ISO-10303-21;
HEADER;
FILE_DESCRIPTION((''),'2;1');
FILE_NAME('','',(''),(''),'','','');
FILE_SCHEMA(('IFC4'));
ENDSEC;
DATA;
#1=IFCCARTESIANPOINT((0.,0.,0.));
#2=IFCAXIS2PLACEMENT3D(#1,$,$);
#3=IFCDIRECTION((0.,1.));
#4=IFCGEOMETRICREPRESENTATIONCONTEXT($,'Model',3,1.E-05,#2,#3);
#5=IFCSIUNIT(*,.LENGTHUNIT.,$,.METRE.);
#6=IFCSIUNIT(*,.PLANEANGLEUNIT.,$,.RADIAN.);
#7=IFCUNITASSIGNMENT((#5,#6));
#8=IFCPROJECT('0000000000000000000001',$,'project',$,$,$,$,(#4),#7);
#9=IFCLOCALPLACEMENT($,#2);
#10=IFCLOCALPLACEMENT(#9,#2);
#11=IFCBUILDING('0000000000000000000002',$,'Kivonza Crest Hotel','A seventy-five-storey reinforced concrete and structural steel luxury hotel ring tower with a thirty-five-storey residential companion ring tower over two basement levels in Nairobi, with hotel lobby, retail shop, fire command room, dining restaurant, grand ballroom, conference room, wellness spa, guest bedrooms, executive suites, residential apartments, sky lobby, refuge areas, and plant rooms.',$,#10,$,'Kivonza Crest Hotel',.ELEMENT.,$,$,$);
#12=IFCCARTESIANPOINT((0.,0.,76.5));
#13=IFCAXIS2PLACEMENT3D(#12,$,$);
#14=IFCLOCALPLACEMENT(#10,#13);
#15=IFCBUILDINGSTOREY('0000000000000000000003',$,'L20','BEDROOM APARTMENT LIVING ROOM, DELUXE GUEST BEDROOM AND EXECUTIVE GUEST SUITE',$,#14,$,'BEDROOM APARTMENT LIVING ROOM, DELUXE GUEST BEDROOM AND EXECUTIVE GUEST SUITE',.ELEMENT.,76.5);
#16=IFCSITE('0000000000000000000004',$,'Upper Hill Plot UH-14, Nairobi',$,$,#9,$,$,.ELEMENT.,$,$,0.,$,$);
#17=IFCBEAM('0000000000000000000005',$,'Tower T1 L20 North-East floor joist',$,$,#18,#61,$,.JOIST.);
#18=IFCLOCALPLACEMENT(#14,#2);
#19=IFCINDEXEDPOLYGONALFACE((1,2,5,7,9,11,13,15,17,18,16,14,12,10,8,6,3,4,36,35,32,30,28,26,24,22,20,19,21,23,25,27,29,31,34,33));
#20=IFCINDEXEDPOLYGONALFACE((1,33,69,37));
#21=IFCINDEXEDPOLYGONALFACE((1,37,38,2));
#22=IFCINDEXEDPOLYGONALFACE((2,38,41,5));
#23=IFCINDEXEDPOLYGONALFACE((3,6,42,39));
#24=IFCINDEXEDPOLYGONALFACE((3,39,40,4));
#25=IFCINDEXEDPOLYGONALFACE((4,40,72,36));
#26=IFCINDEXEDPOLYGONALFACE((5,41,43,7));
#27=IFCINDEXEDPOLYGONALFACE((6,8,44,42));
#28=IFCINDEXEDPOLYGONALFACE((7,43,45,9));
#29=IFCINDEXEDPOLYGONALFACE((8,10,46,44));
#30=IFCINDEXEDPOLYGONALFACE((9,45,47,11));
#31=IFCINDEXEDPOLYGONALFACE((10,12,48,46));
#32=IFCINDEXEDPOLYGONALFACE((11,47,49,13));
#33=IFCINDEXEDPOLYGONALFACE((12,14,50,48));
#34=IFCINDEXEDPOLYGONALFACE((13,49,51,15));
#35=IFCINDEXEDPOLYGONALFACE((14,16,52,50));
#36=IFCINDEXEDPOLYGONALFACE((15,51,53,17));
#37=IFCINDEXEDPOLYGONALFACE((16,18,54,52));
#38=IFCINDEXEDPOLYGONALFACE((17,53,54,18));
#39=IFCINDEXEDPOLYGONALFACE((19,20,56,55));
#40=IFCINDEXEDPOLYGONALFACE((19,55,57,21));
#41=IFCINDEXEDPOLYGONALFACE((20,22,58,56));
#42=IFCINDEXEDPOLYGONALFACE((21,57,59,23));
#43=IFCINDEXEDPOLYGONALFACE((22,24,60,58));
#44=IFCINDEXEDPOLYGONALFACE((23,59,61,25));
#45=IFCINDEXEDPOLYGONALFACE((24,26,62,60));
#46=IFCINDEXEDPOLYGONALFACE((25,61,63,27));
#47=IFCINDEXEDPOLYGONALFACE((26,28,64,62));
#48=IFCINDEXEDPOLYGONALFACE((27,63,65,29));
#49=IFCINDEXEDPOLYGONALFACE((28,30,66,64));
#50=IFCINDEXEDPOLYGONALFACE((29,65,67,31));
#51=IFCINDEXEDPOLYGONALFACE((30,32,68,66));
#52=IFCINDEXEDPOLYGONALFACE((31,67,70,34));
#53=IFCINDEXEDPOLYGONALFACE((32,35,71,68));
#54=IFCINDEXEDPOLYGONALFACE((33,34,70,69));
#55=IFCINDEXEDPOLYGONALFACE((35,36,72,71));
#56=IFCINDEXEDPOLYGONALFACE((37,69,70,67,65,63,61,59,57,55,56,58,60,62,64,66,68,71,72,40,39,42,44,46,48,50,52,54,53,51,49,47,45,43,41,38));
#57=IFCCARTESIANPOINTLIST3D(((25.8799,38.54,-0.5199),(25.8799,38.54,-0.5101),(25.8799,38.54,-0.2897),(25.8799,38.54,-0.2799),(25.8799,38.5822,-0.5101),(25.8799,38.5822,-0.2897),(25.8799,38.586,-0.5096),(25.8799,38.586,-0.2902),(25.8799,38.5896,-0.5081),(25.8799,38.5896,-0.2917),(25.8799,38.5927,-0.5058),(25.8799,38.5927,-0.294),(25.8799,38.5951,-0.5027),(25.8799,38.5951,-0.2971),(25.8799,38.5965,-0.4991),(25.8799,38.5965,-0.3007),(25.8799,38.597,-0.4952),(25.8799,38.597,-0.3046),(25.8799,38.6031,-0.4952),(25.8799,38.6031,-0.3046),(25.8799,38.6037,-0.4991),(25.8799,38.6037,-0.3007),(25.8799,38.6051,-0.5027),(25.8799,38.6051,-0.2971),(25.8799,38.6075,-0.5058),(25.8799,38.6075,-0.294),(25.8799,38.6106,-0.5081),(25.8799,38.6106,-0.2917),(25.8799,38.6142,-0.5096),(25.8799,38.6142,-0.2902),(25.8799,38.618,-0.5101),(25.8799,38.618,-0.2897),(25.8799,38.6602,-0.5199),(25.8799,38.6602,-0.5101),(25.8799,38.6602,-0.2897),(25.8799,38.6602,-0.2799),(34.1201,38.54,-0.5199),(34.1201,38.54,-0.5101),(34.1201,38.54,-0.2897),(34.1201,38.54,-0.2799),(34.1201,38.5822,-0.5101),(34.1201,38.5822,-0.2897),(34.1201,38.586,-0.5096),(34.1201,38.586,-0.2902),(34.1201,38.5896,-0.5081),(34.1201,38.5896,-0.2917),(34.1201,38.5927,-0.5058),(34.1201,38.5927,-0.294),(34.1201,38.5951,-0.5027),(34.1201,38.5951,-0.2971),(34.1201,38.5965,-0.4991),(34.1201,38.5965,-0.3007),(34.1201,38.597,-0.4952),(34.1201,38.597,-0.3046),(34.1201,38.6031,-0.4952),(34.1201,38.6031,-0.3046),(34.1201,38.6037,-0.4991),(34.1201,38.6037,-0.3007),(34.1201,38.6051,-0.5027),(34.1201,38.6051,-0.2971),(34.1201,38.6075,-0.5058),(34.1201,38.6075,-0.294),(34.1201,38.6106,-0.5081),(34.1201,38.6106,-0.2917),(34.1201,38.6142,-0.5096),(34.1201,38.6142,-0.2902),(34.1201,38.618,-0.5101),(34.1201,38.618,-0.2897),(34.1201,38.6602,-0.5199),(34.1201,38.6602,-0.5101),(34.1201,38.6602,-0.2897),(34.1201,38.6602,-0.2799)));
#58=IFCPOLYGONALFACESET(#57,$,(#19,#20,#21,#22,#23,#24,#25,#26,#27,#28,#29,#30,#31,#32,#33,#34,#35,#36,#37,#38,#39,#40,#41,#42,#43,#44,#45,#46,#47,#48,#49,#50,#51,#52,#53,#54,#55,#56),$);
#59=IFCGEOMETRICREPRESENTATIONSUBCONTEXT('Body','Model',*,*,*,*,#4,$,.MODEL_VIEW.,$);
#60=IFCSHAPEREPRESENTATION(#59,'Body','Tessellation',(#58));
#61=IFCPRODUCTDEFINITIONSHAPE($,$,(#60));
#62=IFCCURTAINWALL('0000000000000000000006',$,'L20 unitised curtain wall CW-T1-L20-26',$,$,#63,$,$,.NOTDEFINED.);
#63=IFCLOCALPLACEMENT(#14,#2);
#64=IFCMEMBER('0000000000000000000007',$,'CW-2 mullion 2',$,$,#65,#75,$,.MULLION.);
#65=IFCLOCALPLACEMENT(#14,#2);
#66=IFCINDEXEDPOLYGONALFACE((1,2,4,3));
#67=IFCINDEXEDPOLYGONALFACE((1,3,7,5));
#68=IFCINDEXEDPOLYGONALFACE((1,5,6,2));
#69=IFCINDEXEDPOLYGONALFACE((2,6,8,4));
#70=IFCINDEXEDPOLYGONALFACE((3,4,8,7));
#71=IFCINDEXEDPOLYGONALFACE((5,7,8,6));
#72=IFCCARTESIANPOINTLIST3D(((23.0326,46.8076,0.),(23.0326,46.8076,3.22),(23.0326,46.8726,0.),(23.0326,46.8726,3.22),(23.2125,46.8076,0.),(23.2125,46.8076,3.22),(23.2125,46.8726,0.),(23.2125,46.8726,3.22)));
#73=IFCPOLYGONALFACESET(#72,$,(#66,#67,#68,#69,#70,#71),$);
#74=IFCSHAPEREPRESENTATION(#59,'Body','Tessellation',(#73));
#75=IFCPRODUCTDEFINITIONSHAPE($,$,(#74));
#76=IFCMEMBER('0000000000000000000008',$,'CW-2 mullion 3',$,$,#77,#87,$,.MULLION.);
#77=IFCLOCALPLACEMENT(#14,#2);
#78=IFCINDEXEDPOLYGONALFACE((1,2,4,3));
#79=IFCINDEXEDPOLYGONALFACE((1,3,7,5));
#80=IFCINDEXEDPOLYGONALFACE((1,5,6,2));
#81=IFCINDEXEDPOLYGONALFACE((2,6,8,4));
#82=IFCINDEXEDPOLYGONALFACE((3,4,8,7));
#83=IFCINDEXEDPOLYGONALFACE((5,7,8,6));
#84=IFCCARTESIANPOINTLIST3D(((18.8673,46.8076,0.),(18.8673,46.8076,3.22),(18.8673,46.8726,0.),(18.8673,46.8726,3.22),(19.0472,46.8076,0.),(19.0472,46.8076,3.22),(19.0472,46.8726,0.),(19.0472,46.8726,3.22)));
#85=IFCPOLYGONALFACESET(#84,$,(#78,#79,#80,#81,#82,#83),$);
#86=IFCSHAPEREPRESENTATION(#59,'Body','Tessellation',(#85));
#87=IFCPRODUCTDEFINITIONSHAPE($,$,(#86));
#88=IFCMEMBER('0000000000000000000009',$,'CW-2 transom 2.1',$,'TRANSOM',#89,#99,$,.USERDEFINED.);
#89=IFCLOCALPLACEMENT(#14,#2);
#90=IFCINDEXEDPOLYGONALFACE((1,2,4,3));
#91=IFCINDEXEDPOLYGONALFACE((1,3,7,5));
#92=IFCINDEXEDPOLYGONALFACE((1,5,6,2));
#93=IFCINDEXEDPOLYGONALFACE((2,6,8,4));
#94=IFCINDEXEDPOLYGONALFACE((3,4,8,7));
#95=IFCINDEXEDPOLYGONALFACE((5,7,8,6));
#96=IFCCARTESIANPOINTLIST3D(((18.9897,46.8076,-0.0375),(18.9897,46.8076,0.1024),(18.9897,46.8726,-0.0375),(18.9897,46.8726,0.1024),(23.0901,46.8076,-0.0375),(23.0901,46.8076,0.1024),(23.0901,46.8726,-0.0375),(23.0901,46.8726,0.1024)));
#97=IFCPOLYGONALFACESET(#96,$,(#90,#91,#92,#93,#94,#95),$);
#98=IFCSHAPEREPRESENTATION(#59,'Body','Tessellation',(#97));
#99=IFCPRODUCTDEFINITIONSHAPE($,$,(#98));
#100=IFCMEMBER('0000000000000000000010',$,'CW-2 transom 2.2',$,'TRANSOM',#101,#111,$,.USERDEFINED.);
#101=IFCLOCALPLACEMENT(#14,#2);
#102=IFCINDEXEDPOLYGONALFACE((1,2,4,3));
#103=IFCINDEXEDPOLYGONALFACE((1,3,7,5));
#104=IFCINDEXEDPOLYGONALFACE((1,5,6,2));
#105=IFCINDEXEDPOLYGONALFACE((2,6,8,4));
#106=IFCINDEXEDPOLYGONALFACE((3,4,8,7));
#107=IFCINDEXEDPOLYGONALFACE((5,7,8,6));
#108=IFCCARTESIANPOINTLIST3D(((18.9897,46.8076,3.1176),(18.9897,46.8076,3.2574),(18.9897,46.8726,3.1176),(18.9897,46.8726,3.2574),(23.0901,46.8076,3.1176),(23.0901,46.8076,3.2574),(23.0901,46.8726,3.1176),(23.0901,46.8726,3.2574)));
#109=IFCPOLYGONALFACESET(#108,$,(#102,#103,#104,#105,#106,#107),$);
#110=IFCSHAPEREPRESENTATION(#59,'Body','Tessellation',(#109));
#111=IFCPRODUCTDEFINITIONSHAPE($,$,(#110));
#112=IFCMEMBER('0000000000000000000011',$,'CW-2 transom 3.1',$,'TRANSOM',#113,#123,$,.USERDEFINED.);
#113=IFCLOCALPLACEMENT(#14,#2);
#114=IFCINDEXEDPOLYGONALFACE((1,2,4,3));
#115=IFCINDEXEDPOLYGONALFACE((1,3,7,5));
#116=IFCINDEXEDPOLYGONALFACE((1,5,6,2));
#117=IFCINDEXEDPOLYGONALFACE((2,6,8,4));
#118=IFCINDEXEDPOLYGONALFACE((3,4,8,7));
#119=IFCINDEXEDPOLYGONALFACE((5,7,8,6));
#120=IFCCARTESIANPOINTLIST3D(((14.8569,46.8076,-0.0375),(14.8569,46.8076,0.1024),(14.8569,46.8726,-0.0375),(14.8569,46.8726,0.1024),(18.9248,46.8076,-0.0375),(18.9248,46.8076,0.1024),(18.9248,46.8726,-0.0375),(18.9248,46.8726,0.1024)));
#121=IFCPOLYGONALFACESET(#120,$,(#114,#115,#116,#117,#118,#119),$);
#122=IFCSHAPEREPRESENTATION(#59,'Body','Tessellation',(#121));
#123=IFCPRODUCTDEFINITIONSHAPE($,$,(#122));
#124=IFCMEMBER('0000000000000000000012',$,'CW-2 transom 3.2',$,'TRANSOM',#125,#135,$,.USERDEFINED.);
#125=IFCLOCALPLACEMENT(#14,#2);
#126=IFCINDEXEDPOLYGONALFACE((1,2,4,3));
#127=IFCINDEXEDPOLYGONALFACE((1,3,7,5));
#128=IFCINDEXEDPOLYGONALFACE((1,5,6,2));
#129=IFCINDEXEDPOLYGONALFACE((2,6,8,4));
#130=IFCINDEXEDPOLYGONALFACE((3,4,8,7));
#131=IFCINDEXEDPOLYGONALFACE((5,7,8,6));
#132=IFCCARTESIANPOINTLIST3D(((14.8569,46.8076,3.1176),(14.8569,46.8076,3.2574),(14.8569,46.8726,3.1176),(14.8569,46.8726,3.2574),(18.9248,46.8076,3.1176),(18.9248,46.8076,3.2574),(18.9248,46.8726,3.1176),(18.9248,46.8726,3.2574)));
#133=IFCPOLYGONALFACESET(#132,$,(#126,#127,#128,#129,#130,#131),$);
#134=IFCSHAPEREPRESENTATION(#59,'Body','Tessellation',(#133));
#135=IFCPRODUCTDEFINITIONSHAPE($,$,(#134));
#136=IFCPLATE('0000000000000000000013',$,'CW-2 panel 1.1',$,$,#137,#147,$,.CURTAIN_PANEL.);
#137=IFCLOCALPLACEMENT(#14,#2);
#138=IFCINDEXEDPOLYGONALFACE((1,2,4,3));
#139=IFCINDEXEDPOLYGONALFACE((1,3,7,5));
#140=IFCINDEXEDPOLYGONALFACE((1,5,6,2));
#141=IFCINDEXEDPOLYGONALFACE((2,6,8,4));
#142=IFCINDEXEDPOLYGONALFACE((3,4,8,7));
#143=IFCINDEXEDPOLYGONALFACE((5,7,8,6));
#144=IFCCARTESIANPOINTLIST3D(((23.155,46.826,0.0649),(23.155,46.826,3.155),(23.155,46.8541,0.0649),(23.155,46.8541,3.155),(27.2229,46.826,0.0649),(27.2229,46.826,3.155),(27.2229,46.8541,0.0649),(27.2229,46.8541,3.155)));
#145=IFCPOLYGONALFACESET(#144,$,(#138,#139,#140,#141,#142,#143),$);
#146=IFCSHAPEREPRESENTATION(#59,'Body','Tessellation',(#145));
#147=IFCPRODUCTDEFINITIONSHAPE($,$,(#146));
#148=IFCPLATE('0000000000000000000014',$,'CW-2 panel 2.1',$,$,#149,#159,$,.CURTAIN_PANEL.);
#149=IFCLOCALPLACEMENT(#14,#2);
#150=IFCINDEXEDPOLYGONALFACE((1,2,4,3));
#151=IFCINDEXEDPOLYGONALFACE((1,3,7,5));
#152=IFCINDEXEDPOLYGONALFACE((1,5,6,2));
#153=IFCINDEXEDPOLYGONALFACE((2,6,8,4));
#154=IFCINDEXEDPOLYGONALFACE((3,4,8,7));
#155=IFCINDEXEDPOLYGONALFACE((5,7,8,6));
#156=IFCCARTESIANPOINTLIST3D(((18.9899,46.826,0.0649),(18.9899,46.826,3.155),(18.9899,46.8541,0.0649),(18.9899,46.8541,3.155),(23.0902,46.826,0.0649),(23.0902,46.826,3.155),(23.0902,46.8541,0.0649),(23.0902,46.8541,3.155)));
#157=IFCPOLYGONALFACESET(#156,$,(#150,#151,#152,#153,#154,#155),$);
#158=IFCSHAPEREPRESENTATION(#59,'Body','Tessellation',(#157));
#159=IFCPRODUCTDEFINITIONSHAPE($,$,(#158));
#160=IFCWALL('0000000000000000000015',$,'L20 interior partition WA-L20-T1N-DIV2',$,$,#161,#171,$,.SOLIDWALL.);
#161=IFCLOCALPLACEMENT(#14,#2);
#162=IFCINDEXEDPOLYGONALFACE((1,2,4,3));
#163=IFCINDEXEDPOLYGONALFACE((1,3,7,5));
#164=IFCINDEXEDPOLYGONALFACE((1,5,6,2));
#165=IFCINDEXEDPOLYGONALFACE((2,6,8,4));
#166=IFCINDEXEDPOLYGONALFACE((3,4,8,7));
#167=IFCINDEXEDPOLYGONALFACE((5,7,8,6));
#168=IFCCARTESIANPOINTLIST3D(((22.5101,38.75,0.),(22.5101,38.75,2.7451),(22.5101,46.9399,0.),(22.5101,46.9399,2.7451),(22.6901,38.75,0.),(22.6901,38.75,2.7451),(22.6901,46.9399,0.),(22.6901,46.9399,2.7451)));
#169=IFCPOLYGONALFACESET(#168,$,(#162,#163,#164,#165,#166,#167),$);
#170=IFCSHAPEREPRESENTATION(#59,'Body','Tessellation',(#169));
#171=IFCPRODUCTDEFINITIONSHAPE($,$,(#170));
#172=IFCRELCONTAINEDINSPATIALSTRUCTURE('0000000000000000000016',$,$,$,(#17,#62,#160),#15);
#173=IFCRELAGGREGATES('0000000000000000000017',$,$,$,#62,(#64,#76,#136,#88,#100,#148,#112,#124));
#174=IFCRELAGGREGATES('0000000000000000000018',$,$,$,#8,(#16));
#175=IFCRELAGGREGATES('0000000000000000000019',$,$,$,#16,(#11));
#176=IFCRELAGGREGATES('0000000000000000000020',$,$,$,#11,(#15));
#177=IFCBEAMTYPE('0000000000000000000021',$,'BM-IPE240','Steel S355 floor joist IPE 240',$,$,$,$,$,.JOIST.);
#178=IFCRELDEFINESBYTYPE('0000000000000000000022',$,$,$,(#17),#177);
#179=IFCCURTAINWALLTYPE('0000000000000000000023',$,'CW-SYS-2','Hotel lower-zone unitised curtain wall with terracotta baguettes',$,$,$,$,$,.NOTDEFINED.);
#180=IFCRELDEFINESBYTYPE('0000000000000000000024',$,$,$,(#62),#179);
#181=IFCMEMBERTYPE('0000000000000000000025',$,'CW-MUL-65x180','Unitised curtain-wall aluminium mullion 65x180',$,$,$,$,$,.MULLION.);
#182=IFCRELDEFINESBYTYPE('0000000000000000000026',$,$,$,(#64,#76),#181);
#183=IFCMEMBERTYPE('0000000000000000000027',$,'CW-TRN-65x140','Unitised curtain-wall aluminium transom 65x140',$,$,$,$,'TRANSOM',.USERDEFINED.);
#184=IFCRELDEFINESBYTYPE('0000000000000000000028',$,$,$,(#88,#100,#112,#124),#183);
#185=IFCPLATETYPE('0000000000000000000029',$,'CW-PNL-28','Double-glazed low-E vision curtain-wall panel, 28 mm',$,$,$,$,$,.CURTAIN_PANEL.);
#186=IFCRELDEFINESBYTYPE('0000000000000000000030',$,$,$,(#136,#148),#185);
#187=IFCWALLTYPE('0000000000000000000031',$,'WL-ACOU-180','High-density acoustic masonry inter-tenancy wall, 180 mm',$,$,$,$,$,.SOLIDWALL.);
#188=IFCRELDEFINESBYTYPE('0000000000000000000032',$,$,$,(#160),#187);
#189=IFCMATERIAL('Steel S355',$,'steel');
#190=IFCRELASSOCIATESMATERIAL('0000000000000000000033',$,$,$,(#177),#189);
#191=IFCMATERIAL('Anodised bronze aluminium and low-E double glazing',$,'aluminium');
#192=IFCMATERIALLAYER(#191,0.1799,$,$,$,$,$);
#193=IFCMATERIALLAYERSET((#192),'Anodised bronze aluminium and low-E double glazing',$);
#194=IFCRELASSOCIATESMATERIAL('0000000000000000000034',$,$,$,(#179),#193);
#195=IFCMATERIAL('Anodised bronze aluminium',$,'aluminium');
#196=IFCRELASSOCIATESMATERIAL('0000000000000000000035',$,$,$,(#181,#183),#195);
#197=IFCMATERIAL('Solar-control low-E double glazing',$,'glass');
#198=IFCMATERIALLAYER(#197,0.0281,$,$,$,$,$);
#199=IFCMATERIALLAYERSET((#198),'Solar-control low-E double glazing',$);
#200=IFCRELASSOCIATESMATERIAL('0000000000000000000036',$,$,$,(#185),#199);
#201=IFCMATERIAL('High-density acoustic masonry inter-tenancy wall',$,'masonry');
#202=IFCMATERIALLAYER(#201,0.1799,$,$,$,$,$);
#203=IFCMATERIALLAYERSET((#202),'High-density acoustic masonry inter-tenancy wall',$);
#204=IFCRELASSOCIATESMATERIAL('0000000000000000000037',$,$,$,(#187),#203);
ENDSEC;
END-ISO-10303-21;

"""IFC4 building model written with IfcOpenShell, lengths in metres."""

from ifc_helpers import new_model, si_unit, direction, frame, frame_2d, origin, origin_2d, place, context, subcontext, project, spatial, rectangle, i_section, extrude, material, layer, layer_set, material_profile, profile_set, type_object, element, aggregate, save


model = new_model("IFC4")

# Units and contexts
model_context = context("Model", 3, precision=1e-05, world=origin(), true_north=direction((0.0, 1.0)))
body_context = subcontext(model_context, "Body", "Model", "MODEL_VIEW")
ifc_project = project(units=[si_unit("LENGTHUNIT", "METRE"), si_unit("PLANEANGLEUNIT", "RADIAN")], contexts=[model_context])

# Site, building, storey
site_placement = place(None, origin())
site = spatial("IfcSite", under=ifc_project, at=site_placement, Name="Upper Hill Plot UH-14, Nairobi", CompositionType="ELEMENT", RefElevation=0.0)
building_placement = place(site_placement, origin())
building = spatial("IfcBuilding", under=site, at=building_placement, Name="Kivonza Crest Hotel", Description="A seventy-five-storey reinforced concrete and structural steel luxury hotel ring tower with a thirty-five-storey residential companion ring tower over two basement levels in Nairobi, with hotel lobby, retail shop, fire command room, dining restaurant, grand ballroom, conference room, wellness spa, guest bedrooms, executive suites, residential apartments, sky lobby, refuge areas, and plant rooms.", LongName="Kivonza Crest Hotel", CompositionType="ELEMENT")
storey_placement = place(building_placement, frame((0.0, 0.0, 76.5)))
storey = spatial("IfcBuildingStorey", under=building, at=storey_placement, Name="L20", Description="BEDROOM APARTMENT LIVING ROOM, DELUXE GUEST BEDROOM AND EXECUTIVE GUEST SUITE", LongName="BEDROOM APARTMENT LIVING ROOM, DELUXE GUEST BEDROOM AND EXECUTIVE GUEST SUITE", CompositionType="ELEMENT", Elevation=76.5)

# Beam
ifc_material_1 = material(Name="Steel S355", Category="steel")
ifc_material_profile_1 = material_profile(ifc_material_1, i_section(OverallWidth=0.1201, OverallDepth=0.24, WebThickness=0.0061, FlangeThickness=0.0098, FilletRadius=0.0149, at=origin_2d()), Name="IPE 240")
ifc_profile_set_1 = profile_set([ifc_material_profile_1], Name="Steel S355")
beam_type_1 = type_object("IfcBeamType", Name="BM-IPE240", Description="Steel S355 floor joist IPE 240", PredefinedType="JOIST", material=ifc_profile_set_1)
beam_1_placement = place(storey_placement, frame((25.8799, 38.6001, -0.3999), z_axis=(1.0, 0.0, 0.0), x_axis=(0.0, 1.0, 0.0)))
element("IfcBeam", 1, at=beam_1_placement, inside=storey, type_object=beam_type_1, Name="Tower T1 L20 North-East floor joist", PredefinedType="JOIST", context=body_context, shape_type="SweptSolid", body=[
    extrude(i_section(OverallWidth=0.1201, OverallDepth=0.24, WebThickness=0.0061, FlangeThickness=0.0098, FilletRadius=0.0149, at=origin_2d()), origin(), (0.0, 0.0, 1.0), 8.2402),
])

# Curtain wall, members, plates
ifc_material_2 = material(Name="Anodised bronze aluminium and low-E double glazing", Category="aluminium")
ifc_layer_1 = layer(ifc_material_2, 0.1799)
ifc_layer_set_1 = layer_set([ifc_layer_1], Name="Anodised bronze aluminium and low-E double glazing")
curtain_wall_type = type_object("IfcCurtainWallType", Name="CW-SYS-2", Description="Hotel lower-zone unitised curtain wall with terracotta baguettes", PredefinedType="NOTDEFINED", material=ifc_layer_set_1)
curtain_wall_placement = place(storey_placement, origin())
curtain_wall = element("IfcCurtainWall", 2, at=curtain_wall_placement, inside=storey, type_object=curtain_wall_type, Name="L20 unitised curtain wall CW-T1-L20-26", PredefinedType="NOTDEFINED")
ifc_material_3 = material(Name="Anodised bronze aluminium", Category="aluminium")
ifc_material_profile_2 = material_profile(ifc_material_3, rectangle(XDim=0.0649, YDim=0.1799, at=origin_2d()), Name="CW-M 65x180")
ifc_profile_set_2 = profile_set([ifc_material_profile_2], Name="Anodised bronze aluminium")
member_type_1 = type_object("IfcMemberType", Name="CW-MUL-65x180", Description="Unitised curtain-wall aluminium mullion 65x180", PredefinedType="MULLION", material=ifc_profile_set_2)
member_1_placement = place(storey_placement, frame((23.1226, 46.8401, 0.0), z_axis=(0.0, 0.0, 1.0), x_axis=(0.0, -1.0, 0.0)))
member_1 = element("IfcMember", 3, at=member_1_placement, type_object=member_type_1, Name="CW-2 mullion 2", PredefinedType="MULLION", context=body_context, shape_type="SweptSolid", body=[
    extrude(rectangle(XDim=0.0649, YDim=0.1799, at=origin_2d()), origin(), (0.0, 0.0, 1.0), 3.22),
])
member_2_placement = place(storey_placement, frame((18.9573, 46.8401, 0.0), z_axis=(0.0, 0.0, 1.0), x_axis=(0.0, -1.0, 0.0)))
member_2 = element("IfcMember", 4, at=member_2_placement, type_object=member_type_1, Name="CW-2 mullion 3", PredefinedType="MULLION", context=body_context, shape_type="SweptSolid", body=[
    extrude(rectangle(XDim=0.0649, YDim=0.1799, at=origin_2d()), origin(), (0.0, 0.0, 1.0), 3.22),
])
ifc_material_profile_3 = material_profile(ifc_material_3, rectangle(XDim=0.0649, YDim=0.1399, at=origin_2d()), Name="CW-T 65x140")
ifc_profile_set_3 = profile_set([ifc_material_profile_3], Name="Anodised bronze aluminium")
member_type_2 = type_object("IfcMemberType", Name="CW-TRN-65x140", Description="Unitised curtain-wall aluminium transom 65x140", ElementType="TRANSOM", PredefinedType="USERDEFINED", material=ifc_profile_set_3)
member_3_placement = place(storey_placement, frame((23.0901, 46.8401, 0.0325), z_axis=(-1.0, 0.0, 0.0), x_axis=(0.0, -1.0, 0.0)))
member_3 = element("IfcMember", 5, at=member_3_placement, type_object=member_type_2, Name="CW-2 transom 2.1", ObjectType="TRANSOM", PredefinedType="USERDEFINED", context=body_context, shape_type="SweptSolid", body=[
    extrude(rectangle(XDim=0.0649, YDim=0.1399, at=origin_2d()), origin(), (0.0, 0.0, 1.0), 4.1003),
])
member_4_placement = place(storey_placement, frame((23.0901, 46.8401, 3.1875), z_axis=(-1.0, 0.0, 0.0), x_axis=(0.0, -1.0, 0.0)))
member_4 = element("IfcMember", 6, at=member_4_placement, type_object=member_type_2, Name="CW-2 transom 2.2", ObjectType="TRANSOM", PredefinedType="USERDEFINED", context=body_context, shape_type="SweptSolid", body=[
    extrude(rectangle(XDim=0.0649, YDim=0.1399, at=origin_2d()), origin(), (0.0, 0.0, 1.0), 4.1003),
])
member_5_placement = place(storey_placement, frame((18.9248, 46.8401, 0.0325), z_axis=(-1.0, 0.0, 0.0), x_axis=(0.0, -1.0, 0.0)))
member_5 = element("IfcMember", 7, at=member_5_placement, type_object=member_type_2, Name="CW-2 transom 3.1", ObjectType="TRANSOM", PredefinedType="USERDEFINED", context=body_context, shape_type="SweptSolid", body=[
    extrude(rectangle(XDim=0.0649, YDim=0.1399, at=origin_2d()), origin(), (0.0, 0.0, 1.0), 4.0679),
])
member_6_placement = place(storey_placement, frame((18.9248, 46.8401, 3.1875), z_axis=(-1.0, 0.0, 0.0), x_axis=(0.0, -1.0, 0.0)))
member_6 = element("IfcMember", 8, at=member_6_placement, type_object=member_type_2, Name="CW-2 transom 3.2", ObjectType="TRANSOM", PredefinedType="USERDEFINED", context=body_context, shape_type="SweptSolid", body=[
    extrude(rectangle(XDim=0.0649, YDim=0.1399, at=origin_2d()), origin(), (0.0, 0.0, 1.0), 4.0679),
])
ifc_material_4 = material(Name="Solar-control low-E double glazing", Category="glass")
ifc_layer_2 = layer(ifc_material_4, 0.0281)
ifc_layer_set_2 = layer_set([ifc_layer_2], Name="Solar-control low-E double glazing")
plate_type = type_object("IfcPlateType", Name="CW-PNL-28", Description="Double-glazed low-E vision curtain-wall panel, 28 mm", PredefinedType="CURTAIN_PANEL", material=ifc_layer_set_2)
plate_1_placement = place(storey_placement, frame((25.189, 46.8401, 0.0649), z_axis=(0.0, 0.0, 1.0), x_axis=(-1.0, 0.0, 0.0)))
plate_1 = element("IfcPlate", 9, at=plate_1_placement, type_object=plate_type, Name="CW-2 panel 1.1", PredefinedType="CURTAIN_PANEL", context=body_context, shape_type="SweptSolid", body=[
    extrude(rectangle(XDim=4.0679, YDim=0.0281, at=origin_2d()), origin(), (0.0, 0.0, 1.0), 3.0901),
])
plate_2_placement = place(storey_placement, frame((21.04, 46.8401, 0.0649), z_axis=(0.0, 0.0, 1.0), x_axis=(-1.0, 0.0, 0.0)))
plate_2 = element("IfcPlate", 10, at=plate_2_placement, type_object=plate_type, Name="CW-2 panel 2.1", PredefinedType="CURTAIN_PANEL", context=body_context, shape_type="SweptSolid", body=[
    extrude(rectangle(XDim=4.1003, YDim=0.0281, at=origin_2d()), origin(), (0.0, 0.0, 1.0), 3.0901),
])
aggregate(curtain_wall, [member_1, member_2, plate_1, member_3, member_4, plate_2, member_5, member_6])

# Wall
ifc_material_5 = material(Name="High-density acoustic masonry inter-tenancy wall", Category="masonry")
ifc_layer_3 = layer(ifc_material_5, 0.1799)
ifc_layer_set_3 = layer_set([ifc_layer_3], Name="High-density acoustic masonry inter-tenancy wall")
wall_type_1 = type_object("IfcWallType", Name="WL-ACOU-180", Description="High-density acoustic masonry inter-tenancy wall, 180 mm", PredefinedType="SOLIDWALL", material=ifc_layer_set_3)
wall_1_placement = place(storey_placement, frame((22.6001, 38.75, 0.0), z_axis=(0.0, 0.0, 1.0), x_axis=(0.0, 1.0, 0.0)))
element("IfcWall", 11, at=wall_1_placement, inside=storey, type_object=wall_type_1, Name="L20 interior partition WA-L20-T1N-DIV2", PredefinedType="SOLIDWALL", context=body_context, shape_type="SweptSolid", body=[
    extrude(rectangle(XDim=8.1899, YDim=0.1799, at=frame_2d((4.095, 0.0))), origin(), (0.0, 0.0, 1.0), 2.7451),
])

save(model, "model.ifc")
